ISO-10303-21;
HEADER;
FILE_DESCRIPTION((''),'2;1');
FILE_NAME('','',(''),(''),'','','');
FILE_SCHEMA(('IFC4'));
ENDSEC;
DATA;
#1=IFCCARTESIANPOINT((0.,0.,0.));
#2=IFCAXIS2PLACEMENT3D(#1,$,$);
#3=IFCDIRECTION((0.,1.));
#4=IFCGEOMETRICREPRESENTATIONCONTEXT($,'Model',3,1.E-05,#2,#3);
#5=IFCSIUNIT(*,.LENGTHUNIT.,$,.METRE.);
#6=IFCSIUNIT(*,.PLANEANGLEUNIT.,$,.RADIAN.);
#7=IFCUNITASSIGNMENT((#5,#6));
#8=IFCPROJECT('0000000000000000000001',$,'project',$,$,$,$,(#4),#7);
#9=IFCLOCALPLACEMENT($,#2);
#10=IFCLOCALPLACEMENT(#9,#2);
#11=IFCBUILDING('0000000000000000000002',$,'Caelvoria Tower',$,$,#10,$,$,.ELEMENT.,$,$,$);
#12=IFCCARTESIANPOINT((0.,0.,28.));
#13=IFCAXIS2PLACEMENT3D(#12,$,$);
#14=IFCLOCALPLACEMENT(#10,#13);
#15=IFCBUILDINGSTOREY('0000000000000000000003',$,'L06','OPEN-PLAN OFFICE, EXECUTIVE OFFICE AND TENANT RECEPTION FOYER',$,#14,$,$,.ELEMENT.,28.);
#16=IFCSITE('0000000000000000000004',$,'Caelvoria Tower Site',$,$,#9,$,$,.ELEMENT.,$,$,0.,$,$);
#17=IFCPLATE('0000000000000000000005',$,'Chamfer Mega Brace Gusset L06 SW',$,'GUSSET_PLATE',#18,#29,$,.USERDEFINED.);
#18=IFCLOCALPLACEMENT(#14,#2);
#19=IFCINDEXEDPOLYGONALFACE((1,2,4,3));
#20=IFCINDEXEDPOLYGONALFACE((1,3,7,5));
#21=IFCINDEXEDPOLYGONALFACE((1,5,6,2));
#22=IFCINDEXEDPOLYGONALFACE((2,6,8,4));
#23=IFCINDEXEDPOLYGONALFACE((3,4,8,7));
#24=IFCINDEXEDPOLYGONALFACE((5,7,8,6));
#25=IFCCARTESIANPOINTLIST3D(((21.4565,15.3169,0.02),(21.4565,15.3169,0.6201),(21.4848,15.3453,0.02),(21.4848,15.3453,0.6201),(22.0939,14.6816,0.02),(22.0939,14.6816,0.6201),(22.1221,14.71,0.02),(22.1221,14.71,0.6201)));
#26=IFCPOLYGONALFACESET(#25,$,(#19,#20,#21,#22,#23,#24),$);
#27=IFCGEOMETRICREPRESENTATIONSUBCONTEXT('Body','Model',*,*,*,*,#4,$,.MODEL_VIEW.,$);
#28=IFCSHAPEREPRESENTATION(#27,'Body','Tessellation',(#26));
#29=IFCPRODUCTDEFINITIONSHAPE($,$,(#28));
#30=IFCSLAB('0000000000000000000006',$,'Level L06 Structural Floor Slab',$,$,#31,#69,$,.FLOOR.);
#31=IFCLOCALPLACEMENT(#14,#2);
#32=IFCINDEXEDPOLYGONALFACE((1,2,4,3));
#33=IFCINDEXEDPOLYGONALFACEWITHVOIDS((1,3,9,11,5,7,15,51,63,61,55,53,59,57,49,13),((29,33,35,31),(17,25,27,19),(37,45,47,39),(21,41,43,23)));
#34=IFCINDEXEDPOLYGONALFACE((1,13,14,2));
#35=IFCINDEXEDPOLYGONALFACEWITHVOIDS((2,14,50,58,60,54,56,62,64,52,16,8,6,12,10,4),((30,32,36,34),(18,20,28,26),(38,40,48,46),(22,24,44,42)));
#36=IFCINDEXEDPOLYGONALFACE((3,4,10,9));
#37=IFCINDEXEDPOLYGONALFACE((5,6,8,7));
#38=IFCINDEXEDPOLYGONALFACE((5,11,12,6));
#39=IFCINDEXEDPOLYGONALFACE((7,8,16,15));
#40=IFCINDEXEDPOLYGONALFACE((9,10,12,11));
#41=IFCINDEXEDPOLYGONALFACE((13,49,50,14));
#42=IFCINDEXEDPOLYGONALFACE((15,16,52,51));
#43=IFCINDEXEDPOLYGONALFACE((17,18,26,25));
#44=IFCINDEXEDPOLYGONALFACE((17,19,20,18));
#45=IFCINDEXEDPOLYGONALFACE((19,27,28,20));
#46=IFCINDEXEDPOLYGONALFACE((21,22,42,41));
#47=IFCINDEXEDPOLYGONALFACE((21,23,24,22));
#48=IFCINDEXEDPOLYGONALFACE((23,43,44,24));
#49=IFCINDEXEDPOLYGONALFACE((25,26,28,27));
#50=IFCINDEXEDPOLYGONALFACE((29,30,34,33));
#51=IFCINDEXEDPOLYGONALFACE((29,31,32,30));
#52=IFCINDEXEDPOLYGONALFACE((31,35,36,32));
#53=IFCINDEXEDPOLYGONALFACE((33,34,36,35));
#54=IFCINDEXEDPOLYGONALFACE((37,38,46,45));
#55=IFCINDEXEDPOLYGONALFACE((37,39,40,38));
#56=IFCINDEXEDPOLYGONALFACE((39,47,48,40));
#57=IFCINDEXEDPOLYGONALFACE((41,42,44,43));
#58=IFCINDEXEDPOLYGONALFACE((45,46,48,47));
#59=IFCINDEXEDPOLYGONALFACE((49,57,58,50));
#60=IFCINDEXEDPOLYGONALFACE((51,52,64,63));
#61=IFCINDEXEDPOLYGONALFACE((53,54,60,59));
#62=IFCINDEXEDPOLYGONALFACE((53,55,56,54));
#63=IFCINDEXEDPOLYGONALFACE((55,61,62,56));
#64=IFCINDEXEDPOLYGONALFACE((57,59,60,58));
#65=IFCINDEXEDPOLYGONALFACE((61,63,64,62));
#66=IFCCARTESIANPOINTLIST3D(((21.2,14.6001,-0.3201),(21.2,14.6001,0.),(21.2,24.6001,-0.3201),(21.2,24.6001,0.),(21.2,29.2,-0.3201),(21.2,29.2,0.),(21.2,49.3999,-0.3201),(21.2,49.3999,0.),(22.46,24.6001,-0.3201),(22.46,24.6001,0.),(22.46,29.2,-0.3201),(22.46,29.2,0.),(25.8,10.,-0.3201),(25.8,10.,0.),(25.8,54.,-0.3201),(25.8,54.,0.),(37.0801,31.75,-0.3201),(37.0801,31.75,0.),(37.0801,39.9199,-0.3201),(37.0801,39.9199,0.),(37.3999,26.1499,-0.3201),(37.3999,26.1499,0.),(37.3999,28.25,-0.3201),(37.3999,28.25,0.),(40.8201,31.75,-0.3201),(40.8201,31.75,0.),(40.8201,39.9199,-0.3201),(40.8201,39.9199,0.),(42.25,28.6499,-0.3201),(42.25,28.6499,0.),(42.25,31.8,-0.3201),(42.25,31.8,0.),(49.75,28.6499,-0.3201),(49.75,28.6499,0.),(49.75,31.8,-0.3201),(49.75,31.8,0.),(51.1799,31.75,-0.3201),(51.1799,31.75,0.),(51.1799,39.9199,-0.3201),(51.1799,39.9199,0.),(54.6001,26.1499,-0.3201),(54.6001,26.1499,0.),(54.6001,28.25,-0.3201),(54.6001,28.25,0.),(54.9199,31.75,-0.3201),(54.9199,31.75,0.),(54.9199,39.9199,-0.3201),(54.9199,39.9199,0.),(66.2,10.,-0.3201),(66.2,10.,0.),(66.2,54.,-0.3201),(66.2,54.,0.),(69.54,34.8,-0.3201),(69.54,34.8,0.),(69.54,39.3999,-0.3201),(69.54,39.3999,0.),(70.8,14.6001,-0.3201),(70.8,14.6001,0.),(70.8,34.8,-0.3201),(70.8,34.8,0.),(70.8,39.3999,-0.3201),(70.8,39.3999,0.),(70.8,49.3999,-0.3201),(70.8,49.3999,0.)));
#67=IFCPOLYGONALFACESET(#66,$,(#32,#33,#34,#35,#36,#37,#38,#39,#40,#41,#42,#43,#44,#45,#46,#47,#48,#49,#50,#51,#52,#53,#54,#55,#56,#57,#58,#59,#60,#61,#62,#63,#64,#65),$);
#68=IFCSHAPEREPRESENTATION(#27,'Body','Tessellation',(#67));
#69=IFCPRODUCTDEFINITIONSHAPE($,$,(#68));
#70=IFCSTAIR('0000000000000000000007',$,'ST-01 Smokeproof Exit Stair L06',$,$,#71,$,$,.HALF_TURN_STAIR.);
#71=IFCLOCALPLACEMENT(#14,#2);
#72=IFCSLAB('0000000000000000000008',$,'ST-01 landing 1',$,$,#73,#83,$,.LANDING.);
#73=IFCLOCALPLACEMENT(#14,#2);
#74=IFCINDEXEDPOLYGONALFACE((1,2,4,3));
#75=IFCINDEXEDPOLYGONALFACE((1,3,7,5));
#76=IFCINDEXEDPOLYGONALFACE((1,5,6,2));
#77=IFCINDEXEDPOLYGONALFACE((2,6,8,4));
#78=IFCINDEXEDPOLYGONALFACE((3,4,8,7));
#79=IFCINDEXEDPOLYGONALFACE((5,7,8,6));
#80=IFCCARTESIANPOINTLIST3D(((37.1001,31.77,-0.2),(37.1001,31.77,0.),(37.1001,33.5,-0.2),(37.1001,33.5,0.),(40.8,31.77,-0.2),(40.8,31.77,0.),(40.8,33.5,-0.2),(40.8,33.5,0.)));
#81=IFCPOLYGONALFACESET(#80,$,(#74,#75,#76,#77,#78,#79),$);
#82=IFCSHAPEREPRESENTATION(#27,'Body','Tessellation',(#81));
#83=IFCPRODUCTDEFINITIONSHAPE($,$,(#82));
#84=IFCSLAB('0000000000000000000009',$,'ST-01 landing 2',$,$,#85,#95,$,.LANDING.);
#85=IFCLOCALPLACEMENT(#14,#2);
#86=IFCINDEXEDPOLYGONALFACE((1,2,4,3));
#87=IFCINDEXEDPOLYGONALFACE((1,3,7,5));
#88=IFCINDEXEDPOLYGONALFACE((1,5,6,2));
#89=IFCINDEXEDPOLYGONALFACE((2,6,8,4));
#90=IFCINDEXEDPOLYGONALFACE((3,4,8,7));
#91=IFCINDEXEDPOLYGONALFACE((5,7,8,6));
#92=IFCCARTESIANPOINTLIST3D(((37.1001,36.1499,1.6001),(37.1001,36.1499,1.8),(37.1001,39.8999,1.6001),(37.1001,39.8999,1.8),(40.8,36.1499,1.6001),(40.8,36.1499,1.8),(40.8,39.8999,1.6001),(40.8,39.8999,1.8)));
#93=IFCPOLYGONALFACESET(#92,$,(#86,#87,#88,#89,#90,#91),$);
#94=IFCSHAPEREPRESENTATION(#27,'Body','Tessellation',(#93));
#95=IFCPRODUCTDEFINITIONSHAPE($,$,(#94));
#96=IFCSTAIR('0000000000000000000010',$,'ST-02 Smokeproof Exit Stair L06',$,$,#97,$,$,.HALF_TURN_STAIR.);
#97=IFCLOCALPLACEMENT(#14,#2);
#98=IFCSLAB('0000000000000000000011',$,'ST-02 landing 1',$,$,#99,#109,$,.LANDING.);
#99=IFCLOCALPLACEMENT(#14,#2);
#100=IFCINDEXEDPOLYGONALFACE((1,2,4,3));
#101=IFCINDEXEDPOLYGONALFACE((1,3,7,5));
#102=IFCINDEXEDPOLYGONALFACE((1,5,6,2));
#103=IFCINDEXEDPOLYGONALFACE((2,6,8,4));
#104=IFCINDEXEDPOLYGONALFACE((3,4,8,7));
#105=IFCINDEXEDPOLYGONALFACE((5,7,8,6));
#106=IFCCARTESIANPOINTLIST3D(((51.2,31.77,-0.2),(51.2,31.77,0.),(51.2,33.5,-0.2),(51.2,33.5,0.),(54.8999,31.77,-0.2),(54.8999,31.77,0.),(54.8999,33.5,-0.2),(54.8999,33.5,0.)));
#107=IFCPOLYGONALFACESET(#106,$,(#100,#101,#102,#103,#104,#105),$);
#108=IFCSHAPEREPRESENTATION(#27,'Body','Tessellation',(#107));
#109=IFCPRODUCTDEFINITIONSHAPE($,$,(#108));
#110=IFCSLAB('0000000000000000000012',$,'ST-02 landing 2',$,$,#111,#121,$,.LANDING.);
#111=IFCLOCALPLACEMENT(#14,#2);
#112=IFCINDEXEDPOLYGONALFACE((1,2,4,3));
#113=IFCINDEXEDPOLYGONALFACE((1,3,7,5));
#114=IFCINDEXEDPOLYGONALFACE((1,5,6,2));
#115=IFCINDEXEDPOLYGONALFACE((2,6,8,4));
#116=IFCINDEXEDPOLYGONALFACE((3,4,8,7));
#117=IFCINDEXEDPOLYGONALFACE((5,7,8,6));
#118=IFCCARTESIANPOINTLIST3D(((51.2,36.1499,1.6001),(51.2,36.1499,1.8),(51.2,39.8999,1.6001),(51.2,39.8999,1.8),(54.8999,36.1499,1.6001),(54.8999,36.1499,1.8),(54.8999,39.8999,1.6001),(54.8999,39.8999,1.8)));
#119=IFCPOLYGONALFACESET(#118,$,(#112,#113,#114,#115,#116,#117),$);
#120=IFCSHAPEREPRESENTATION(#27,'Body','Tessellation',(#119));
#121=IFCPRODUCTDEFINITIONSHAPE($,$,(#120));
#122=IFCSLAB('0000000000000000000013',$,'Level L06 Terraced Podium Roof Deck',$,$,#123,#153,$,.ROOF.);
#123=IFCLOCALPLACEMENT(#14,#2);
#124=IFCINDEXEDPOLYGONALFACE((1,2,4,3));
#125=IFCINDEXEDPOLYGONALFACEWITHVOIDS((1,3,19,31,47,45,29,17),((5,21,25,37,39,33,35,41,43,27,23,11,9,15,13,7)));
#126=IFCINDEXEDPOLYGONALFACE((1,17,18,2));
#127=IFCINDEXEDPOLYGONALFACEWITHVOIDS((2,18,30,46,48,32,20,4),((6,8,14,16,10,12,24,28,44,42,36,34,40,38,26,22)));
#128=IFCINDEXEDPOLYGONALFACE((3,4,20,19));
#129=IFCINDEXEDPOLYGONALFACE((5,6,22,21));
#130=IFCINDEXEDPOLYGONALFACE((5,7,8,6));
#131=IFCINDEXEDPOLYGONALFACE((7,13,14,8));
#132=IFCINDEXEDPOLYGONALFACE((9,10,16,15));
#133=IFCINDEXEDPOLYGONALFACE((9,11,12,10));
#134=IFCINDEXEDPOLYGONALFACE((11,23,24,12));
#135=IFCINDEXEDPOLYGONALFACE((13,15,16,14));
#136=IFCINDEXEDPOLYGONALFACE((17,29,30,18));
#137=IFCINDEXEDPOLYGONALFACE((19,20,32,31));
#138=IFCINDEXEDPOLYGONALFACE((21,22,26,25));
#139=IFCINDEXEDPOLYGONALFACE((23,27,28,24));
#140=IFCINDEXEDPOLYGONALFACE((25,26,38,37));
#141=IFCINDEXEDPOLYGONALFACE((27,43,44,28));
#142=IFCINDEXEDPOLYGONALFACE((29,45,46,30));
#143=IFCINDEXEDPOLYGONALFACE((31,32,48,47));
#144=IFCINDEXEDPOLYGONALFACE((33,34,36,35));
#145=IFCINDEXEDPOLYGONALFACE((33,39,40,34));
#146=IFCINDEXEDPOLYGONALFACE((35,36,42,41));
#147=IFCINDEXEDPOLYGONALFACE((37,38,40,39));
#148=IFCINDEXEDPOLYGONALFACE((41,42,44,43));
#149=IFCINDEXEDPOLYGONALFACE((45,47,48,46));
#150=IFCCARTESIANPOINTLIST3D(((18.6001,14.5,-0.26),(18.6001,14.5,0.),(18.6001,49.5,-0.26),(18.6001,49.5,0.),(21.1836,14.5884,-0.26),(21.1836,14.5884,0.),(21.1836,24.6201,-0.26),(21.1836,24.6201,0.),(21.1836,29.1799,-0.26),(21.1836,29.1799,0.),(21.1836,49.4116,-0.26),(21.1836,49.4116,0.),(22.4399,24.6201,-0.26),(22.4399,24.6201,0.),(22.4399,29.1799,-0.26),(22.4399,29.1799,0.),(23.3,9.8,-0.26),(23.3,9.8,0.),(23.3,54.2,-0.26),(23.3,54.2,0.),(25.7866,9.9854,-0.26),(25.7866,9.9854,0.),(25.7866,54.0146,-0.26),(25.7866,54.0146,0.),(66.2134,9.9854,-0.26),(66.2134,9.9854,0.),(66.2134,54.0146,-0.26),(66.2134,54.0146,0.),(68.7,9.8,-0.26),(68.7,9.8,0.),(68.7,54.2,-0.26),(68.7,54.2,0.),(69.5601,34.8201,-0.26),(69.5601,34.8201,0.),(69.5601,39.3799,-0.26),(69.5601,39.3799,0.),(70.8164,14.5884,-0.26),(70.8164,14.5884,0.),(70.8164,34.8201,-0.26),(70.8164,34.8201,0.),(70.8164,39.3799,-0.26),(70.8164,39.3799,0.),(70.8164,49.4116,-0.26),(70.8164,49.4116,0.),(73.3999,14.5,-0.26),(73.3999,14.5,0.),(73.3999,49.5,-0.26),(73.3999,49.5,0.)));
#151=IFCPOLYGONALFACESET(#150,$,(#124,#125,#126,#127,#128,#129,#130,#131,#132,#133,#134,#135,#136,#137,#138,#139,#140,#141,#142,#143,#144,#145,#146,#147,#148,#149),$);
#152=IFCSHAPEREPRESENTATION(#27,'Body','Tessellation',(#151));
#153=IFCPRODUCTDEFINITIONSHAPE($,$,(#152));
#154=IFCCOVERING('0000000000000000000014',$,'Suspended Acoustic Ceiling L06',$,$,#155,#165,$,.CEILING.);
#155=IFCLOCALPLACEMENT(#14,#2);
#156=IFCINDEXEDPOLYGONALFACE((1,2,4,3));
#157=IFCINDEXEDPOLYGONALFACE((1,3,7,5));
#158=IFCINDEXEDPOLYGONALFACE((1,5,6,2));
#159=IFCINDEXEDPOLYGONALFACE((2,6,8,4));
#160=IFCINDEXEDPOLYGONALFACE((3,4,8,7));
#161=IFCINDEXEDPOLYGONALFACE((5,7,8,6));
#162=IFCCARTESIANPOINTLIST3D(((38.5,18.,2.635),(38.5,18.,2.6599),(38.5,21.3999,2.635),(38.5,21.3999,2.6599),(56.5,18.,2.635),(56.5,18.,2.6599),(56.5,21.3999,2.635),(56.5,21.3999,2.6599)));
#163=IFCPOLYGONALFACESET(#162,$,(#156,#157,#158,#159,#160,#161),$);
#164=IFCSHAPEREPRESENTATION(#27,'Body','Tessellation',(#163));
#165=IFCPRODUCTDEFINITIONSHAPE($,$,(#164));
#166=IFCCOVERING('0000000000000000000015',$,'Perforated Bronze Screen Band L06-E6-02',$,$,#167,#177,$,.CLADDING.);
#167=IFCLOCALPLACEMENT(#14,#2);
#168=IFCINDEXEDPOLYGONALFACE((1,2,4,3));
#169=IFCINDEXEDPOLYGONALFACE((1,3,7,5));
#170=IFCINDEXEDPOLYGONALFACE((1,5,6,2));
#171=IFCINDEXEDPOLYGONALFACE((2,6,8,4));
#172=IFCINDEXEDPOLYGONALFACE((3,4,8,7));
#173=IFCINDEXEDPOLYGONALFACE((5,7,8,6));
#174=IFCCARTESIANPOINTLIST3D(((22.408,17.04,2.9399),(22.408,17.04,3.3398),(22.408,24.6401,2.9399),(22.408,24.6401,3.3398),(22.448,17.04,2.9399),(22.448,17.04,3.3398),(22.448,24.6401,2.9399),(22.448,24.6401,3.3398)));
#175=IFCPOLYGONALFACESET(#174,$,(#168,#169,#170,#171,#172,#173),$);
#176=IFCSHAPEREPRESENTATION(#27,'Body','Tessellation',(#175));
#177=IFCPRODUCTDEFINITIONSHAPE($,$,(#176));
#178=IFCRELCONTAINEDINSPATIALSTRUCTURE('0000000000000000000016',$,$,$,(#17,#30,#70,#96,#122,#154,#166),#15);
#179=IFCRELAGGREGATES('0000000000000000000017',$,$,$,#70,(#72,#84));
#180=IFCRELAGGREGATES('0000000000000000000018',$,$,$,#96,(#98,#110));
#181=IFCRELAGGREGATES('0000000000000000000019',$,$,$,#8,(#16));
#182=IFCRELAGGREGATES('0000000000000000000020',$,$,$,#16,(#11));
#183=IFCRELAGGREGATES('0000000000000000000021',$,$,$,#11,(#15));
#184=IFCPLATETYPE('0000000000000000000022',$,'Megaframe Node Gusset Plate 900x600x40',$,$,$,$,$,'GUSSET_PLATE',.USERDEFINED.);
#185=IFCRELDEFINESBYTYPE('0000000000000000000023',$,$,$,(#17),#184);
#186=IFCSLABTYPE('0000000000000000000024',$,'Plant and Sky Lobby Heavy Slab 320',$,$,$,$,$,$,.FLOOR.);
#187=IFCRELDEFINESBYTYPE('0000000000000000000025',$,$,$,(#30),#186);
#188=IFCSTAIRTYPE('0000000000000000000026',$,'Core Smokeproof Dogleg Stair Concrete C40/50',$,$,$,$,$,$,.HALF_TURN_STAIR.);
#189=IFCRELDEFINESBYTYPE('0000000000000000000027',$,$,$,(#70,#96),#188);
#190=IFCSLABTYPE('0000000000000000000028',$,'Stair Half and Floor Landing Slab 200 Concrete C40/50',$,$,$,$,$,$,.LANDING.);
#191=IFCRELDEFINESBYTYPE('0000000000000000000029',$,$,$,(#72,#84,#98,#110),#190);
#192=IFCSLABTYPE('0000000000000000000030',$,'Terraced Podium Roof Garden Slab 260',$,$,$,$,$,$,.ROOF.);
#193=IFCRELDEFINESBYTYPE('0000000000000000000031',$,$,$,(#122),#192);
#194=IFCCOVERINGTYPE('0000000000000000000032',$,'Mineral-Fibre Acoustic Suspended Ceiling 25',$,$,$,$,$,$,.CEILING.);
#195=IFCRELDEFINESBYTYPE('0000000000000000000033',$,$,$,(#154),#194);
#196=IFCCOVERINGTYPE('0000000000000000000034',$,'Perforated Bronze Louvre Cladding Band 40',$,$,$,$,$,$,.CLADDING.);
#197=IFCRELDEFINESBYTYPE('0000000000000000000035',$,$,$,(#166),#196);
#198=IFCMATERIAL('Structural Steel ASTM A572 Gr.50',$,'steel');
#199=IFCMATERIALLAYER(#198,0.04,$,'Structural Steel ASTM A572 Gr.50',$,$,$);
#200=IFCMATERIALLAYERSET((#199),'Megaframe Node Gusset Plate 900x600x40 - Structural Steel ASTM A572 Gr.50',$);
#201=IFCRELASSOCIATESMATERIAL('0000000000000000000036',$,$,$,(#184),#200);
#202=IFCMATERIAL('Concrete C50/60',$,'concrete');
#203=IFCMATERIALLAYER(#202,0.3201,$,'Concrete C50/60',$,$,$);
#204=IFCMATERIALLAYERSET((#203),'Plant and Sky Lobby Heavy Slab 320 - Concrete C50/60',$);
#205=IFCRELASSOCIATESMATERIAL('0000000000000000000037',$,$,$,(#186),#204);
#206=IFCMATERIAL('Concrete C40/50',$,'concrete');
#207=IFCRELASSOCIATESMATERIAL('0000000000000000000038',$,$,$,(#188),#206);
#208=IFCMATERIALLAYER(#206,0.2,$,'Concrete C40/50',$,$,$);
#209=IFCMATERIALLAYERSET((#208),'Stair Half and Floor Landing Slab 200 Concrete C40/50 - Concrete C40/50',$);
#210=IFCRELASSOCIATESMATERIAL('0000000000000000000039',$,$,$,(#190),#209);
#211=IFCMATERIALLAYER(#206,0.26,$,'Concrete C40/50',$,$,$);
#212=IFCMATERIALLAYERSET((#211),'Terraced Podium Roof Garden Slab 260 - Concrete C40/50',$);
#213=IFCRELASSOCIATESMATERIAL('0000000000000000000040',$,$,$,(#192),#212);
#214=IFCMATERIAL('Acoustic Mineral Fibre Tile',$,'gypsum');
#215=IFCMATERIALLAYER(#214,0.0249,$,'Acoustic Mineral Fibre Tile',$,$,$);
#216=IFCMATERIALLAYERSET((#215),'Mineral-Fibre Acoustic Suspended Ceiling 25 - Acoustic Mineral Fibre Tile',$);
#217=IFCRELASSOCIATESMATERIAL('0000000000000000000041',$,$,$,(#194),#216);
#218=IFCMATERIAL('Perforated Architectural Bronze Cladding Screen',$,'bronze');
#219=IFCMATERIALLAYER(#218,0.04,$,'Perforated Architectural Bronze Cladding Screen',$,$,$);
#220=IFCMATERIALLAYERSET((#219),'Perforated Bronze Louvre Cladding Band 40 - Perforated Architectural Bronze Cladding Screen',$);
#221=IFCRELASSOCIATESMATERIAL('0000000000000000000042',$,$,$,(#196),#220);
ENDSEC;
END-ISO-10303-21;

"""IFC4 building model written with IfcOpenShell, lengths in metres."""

from ifc_helpers import new_model, si_unit, direction, frame, origin, origin_2d, place, context, subcontext, project, spatial, polyline, rectangle, outline, extrude, material, layer, layer_set, type_object, element, aggregate, save


model = new_model("IFC4")

# Units and contexts
model_context = context("Model", 3, precision=1e-05, world=origin(), true_north=direction((0.0, 1.0)))
body_context = subcontext(model_context, "Body", "Model", "MODEL_VIEW")
ifc_project = project(units=[si_unit("LENGTHUNIT", "METRE"), si_unit("PLANEANGLEUNIT", "RADIAN")], contexts=[model_context])

# Site, building, storey
site_placement = place(None, origin())
site = spatial("IfcSite", under=ifc_project, at=site_placement, Name="Caelvoria Tower Site", CompositionType="ELEMENT", RefElevation=0.0)
building_placement = place(site_placement, origin())
building = spatial("IfcBuilding", under=site, at=building_placement, Name="Caelvoria Tower", CompositionType="ELEMENT")
storey_placement = place(building_placement, frame((0.0, 0.0, 28.0)))
storey = spatial("IfcBuildingStorey", under=building, at=storey_placement, Name="L06", Description="OPEN-PLAN OFFICE, EXECUTIVE OFFICE AND TENANT RECEPTION FOYER", CompositionType="ELEMENT", Elevation=28.0)

# Shared definitions
ifc_material_1 = material(Name="Structural Steel ASTM A572 Gr.50", Category="steel")

# Plate
ifc_layer_1 = layer(ifc_material_1, 0.04, Name="Structural Steel ASTM A572 Gr.50")
ifc_layer_set_1 = layer_set([ifc_layer_1], Name="Megaframe Node Gusset Plate 900x600x40 - Structural Steel ASTM A572 Gr.50")
plate_type = type_object("IfcPlateType", Name="Megaframe Node Gusset Plate 900x600x40", ElementType="GUSSET_PLATE", PredefinedType="USERDEFINED", material=ifc_layer_set_1)
plate_placement = place(storey_placement, frame((21.7893, 15.0134, 0.02), z_axis=(0.0, 0.0, 1.0), x_axis=(0.708247, -0.705964, 0.0)))
element("IfcPlate", 1, at=plate_placement, inside=storey, type_object=plate_type, Name="Chamfer Mega Brace Gusset L06 SW", ObjectType="GUSSET_PLATE", PredefinedType="USERDEFINED", context=body_context, shape_type="SweptSolid", body=[
    extrude(rectangle(XDim=0.8999, YDim=0.04, at=origin_2d()), origin(), (0.0, 0.0, 1.0), 0.6001),
])

# Slab
ifc_material_2 = material(Name="Concrete C50/60", Category="concrete")
ifc_layer_2 = layer(ifc_material_2, 0.3201, Name="Concrete C50/60")
ifc_layer_set_2 = layer_set([ifc_layer_2], Name="Plant and Sky Lobby Heavy Slab 320 - Concrete C50/60")
slab_type_1 = type_object("IfcSlabType", Name="Plant and Sky Lobby Heavy Slab 320", PredefinedType="FLOOR", material=ifc_layer_set_2)
slab_1_placement = place(storey_placement, frame((0.0, 0.0, -0.3201)))
element("IfcSlab", 2, at=slab_1_placement, inside=storey, type_object=slab_type_1, Name="Level L06 Structural Floor Slab", PredefinedType="FLOOR", context=body_context, shape_type="SweptSolid", body=[
    extrude(outline(polyline([(21.2, 49.3999), (21.2, 29.2), (22.46, 29.2), (22.46, 24.6001), (21.2, 24.6001), (21.2, 14.6001), (25.8, 10.0), (66.2, 10.0), (70.8, 14.6001), (70.8, 34.8), (69.54, 34.8), (69.54, 39.3999), (70.8, 39.3999), (70.8, 49.3999), (66.2, 54.0), (25.8, 54.0), (21.2, 49.3999)]), holes=[polyline([(37.0801, 31.75), (40.8201, 31.75), (40.8201, 39.9199), (37.0801, 39.9199), (37.0801, 31.75)]), polyline([(51.1799, 31.75), (54.9199, 31.75), (54.9199, 39.9199), (51.1799, 39.9199), (51.1799, 31.75)]), polyline([(42.25, 28.6499), (49.75, 28.6499), (49.75, 31.8), (42.25, 31.8), (42.25, 28.6499)]), polyline([(37.3999, 26.1499), (54.6001, 26.1499), (54.6001, 28.25), (37.3999, 28.25), (37.3999, 26.1499)])]), origin(), (0.0, 0.0, 1.0), 0.3201),
])

# Stairs, slabs
ifc_material_3 = material(Name="Concrete C40/50", Category="concrete")
stair_type = type_object("IfcStairType", Name="Core Smokeproof Dogleg Stair Concrete C40/50", PredefinedType="HALF_TURN_STAIR", material=ifc_material_3)
stair_1_placement = place(storey_placement, origin())
stair_1 = element("IfcStair", 3, at=stair_1_placement, inside=storey, type_object=stair_type, Name="ST-01 Smokeproof Exit Stair L06", PredefinedType="HALF_TURN_STAIR")
ifc_layer_3 = layer(ifc_material_3, 0.2, Name="Concrete C40/50")
ifc_layer_set_3 = layer_set([ifc_layer_3], Name="Stair Half and Floor Landing Slab 200 Concrete C40/50 - Concrete C40/50")
slab_type_2 = type_object("IfcSlabType", Name="Stair Half and Floor Landing Slab 200 Concrete C40/50", PredefinedType="LANDING", material=ifc_layer_set_3)
slab_2_placement = place(storey_placement, frame((0.0, 0.0, -0.2)))
slab_2 = element("IfcSlab", 4, at=slab_2_placement, type_object=slab_type_2, Name="ST-01 landing 1", PredefinedType="LANDING", context=body_context, shape_type="SweptSolid", body=[
    extrude(outline(polyline([(37.1001, 31.77), (40.8, 31.77), (40.8, 33.5), (37.1001, 33.5), (37.1001, 31.77)])), origin(), (0.0, 0.0, 1.0), 0.2),
])
slab_3_placement = place(storey_placement, frame((0.0, 0.0, 1.6001)))
slab_3 = element("IfcSlab", 5, at=slab_3_placement, type_object=slab_type_2, Name="ST-01 landing 2", PredefinedType="LANDING", context=body_context, shape_type="SweptSolid", body=[
    extrude(outline(polyline([(37.1001, 36.1499), (40.8, 36.1499), (40.8, 39.8999), (37.1001, 39.8999), (37.1001, 36.1499)])), origin(), (0.0, 0.0, 1.0), 0.2),
])
aggregate(stair_1, [slab_2, slab_3])
stair_2_placement = place(storey_placement, origin())
stair_2 = element("IfcStair", 6, at=stair_2_placement, inside=storey, type_object=stair_type, Name="ST-02 Smokeproof Exit Stair L06", PredefinedType="HALF_TURN_STAIR")
slab_4_placement = place(storey_placement, frame((0.0, 0.0, -0.2)))
slab_4 = element("IfcSlab", 7, at=slab_4_placement, type_object=slab_type_2, Name="ST-02 landing 1", PredefinedType="LANDING", context=body_context, shape_type="SweptSolid", body=[
    extrude(outline(polyline([(51.2, 31.77), (54.8999, 31.77), (54.8999, 33.5), (51.2, 33.5), (51.2, 31.77)])), origin(), (0.0, 0.0, 1.0), 0.2),
])
slab_5_placement = place(storey_placement, frame((0.0, 0.0, 1.6001)))
slab_5 = element("IfcSlab", 8, at=slab_5_placement, type_object=slab_type_2, Name="ST-02 landing 2", PredefinedType="LANDING", context=body_context, shape_type="SweptSolid", body=[
    extrude(outline(polyline([(51.2, 36.1499), (54.8999, 36.1499), (54.8999, 39.8999), (51.2, 39.8999), (51.2, 36.1499)])), origin(), (0.0, 0.0, 1.0), 0.2),
])
aggregate(stair_2, [slab_4, slab_5])

# Slab
ifc_layer_4 = layer(ifc_material_3, 0.26, Name="Concrete C40/50")
ifc_layer_set_4 = layer_set([ifc_layer_4], Name="Terraced Podium Roof Garden Slab 260 - Concrete C40/50")
slab_type_3 = type_object("IfcSlabType", Name="Terraced Podium Roof Garden Slab 260", PredefinedType="ROOF", material=ifc_layer_set_4)
slab_6_placement = place(storey_placement, frame((0.0, 0.0, -0.26)))
element("IfcSlab", 9, at=slab_6_placement, inside=storey, type_object=slab_type_3, Name="Level L06 Terraced Podium Roof Deck", PredefinedType="ROOF", context=body_context, shape_type="SweptSolid", body=[
    extrude(outline(polyline([(23.3, 9.8), (68.7, 9.8), (73.3999, 14.5), (73.3999, 49.5), (68.7, 54.2), (23.3, 54.2), (18.6001, 49.5), (18.6001, 14.5), (23.3, 9.8)]), holes=[polyline([(25.7866, 54.0146), (66.2134, 54.0146), (70.8164, 49.4116), (70.8164, 39.3799), (69.5601, 39.3799), (69.5601, 34.8201), (70.8164, 34.8201), (70.8164, 14.5884), (66.2134, 9.9854), (25.7866, 9.9854), (21.1836, 14.5884), (21.1836, 24.6201), (22.4399, 24.6201), (22.4399, 29.1799), (21.1836, 29.1799), (21.1836, 49.4116), (25.7866, 54.0146)])]), origin(), (0.0, 0.0, 1.0), 0.26),
])

# Coverings
ifc_material_4 = material(Name="Acoustic Mineral Fibre Tile", Category="gypsum")
ifc_layer_5 = layer(ifc_material_4, 0.0249, Name="Acoustic Mineral Fibre Tile")
ifc_layer_set_5 = layer_set([ifc_layer_5], Name="Mineral-Fibre Acoustic Suspended Ceiling 25 - Acoustic Mineral Fibre Tile")
covering_type_1 = type_object("IfcCoveringType", Name="Mineral-Fibre Acoustic Suspended Ceiling 25", PredefinedType="CEILING", material=ifc_layer_set_5)
covering_1_placement = place(storey_placement, frame((0.0, 0.0, 2.635)))
element("IfcCovering", 10, at=covering_1_placement, inside=storey, type_object=covering_type_1, Name="Suspended Acoustic Ceiling L06", PredefinedType="CEILING", context=body_context, shape_type="SweptSolid", body=[
    extrude(outline(polyline([(38.5, 18.0), (56.5, 18.0), (56.5, 21.3999), (38.5, 21.3999), (38.5, 18.0)])), origin(), (0.0, 0.0, 1.0), 0.0249),
])
ifc_material_5 = material(Name="Perforated Architectural Bronze Cladding Screen", Category="bronze")
ifc_layer_6 = layer(ifc_material_5, 0.04, Name="Perforated Architectural Bronze Cladding Screen")
ifc_layer_set_6 = layer_set([ifc_layer_6], Name="Perforated Bronze Louvre Cladding Band 40 - Perforated Architectural Bronze Cladding Screen")
covering_type_2 = type_object("IfcCoveringType", Name="Perforated Bronze Louvre Cladding Band 40", PredefinedType="CLADDING", material=ifc_layer_set_6)
covering_2_placement = place(storey_placement, frame((22.428, 20.8401, 2.9399), z_axis=(0.0, 0.0, 1.0), x_axis=(0.0, -1.0, 0.0)))
element("IfcCovering", 11, at=covering_2_placement, inside=storey, type_object=covering_type_2, Name="Perforated Bronze Screen Band L06-E6-02", PredefinedType="CLADDING", context=body_context, shape_type="SweptSolid", body=[
    extrude(rectangle(XDim=7.6001, YDim=0.04, at=origin_2d()), origin(), (0.0, 0.0, 1.0), 0.3999),
])

save(model, "model.ifc")
